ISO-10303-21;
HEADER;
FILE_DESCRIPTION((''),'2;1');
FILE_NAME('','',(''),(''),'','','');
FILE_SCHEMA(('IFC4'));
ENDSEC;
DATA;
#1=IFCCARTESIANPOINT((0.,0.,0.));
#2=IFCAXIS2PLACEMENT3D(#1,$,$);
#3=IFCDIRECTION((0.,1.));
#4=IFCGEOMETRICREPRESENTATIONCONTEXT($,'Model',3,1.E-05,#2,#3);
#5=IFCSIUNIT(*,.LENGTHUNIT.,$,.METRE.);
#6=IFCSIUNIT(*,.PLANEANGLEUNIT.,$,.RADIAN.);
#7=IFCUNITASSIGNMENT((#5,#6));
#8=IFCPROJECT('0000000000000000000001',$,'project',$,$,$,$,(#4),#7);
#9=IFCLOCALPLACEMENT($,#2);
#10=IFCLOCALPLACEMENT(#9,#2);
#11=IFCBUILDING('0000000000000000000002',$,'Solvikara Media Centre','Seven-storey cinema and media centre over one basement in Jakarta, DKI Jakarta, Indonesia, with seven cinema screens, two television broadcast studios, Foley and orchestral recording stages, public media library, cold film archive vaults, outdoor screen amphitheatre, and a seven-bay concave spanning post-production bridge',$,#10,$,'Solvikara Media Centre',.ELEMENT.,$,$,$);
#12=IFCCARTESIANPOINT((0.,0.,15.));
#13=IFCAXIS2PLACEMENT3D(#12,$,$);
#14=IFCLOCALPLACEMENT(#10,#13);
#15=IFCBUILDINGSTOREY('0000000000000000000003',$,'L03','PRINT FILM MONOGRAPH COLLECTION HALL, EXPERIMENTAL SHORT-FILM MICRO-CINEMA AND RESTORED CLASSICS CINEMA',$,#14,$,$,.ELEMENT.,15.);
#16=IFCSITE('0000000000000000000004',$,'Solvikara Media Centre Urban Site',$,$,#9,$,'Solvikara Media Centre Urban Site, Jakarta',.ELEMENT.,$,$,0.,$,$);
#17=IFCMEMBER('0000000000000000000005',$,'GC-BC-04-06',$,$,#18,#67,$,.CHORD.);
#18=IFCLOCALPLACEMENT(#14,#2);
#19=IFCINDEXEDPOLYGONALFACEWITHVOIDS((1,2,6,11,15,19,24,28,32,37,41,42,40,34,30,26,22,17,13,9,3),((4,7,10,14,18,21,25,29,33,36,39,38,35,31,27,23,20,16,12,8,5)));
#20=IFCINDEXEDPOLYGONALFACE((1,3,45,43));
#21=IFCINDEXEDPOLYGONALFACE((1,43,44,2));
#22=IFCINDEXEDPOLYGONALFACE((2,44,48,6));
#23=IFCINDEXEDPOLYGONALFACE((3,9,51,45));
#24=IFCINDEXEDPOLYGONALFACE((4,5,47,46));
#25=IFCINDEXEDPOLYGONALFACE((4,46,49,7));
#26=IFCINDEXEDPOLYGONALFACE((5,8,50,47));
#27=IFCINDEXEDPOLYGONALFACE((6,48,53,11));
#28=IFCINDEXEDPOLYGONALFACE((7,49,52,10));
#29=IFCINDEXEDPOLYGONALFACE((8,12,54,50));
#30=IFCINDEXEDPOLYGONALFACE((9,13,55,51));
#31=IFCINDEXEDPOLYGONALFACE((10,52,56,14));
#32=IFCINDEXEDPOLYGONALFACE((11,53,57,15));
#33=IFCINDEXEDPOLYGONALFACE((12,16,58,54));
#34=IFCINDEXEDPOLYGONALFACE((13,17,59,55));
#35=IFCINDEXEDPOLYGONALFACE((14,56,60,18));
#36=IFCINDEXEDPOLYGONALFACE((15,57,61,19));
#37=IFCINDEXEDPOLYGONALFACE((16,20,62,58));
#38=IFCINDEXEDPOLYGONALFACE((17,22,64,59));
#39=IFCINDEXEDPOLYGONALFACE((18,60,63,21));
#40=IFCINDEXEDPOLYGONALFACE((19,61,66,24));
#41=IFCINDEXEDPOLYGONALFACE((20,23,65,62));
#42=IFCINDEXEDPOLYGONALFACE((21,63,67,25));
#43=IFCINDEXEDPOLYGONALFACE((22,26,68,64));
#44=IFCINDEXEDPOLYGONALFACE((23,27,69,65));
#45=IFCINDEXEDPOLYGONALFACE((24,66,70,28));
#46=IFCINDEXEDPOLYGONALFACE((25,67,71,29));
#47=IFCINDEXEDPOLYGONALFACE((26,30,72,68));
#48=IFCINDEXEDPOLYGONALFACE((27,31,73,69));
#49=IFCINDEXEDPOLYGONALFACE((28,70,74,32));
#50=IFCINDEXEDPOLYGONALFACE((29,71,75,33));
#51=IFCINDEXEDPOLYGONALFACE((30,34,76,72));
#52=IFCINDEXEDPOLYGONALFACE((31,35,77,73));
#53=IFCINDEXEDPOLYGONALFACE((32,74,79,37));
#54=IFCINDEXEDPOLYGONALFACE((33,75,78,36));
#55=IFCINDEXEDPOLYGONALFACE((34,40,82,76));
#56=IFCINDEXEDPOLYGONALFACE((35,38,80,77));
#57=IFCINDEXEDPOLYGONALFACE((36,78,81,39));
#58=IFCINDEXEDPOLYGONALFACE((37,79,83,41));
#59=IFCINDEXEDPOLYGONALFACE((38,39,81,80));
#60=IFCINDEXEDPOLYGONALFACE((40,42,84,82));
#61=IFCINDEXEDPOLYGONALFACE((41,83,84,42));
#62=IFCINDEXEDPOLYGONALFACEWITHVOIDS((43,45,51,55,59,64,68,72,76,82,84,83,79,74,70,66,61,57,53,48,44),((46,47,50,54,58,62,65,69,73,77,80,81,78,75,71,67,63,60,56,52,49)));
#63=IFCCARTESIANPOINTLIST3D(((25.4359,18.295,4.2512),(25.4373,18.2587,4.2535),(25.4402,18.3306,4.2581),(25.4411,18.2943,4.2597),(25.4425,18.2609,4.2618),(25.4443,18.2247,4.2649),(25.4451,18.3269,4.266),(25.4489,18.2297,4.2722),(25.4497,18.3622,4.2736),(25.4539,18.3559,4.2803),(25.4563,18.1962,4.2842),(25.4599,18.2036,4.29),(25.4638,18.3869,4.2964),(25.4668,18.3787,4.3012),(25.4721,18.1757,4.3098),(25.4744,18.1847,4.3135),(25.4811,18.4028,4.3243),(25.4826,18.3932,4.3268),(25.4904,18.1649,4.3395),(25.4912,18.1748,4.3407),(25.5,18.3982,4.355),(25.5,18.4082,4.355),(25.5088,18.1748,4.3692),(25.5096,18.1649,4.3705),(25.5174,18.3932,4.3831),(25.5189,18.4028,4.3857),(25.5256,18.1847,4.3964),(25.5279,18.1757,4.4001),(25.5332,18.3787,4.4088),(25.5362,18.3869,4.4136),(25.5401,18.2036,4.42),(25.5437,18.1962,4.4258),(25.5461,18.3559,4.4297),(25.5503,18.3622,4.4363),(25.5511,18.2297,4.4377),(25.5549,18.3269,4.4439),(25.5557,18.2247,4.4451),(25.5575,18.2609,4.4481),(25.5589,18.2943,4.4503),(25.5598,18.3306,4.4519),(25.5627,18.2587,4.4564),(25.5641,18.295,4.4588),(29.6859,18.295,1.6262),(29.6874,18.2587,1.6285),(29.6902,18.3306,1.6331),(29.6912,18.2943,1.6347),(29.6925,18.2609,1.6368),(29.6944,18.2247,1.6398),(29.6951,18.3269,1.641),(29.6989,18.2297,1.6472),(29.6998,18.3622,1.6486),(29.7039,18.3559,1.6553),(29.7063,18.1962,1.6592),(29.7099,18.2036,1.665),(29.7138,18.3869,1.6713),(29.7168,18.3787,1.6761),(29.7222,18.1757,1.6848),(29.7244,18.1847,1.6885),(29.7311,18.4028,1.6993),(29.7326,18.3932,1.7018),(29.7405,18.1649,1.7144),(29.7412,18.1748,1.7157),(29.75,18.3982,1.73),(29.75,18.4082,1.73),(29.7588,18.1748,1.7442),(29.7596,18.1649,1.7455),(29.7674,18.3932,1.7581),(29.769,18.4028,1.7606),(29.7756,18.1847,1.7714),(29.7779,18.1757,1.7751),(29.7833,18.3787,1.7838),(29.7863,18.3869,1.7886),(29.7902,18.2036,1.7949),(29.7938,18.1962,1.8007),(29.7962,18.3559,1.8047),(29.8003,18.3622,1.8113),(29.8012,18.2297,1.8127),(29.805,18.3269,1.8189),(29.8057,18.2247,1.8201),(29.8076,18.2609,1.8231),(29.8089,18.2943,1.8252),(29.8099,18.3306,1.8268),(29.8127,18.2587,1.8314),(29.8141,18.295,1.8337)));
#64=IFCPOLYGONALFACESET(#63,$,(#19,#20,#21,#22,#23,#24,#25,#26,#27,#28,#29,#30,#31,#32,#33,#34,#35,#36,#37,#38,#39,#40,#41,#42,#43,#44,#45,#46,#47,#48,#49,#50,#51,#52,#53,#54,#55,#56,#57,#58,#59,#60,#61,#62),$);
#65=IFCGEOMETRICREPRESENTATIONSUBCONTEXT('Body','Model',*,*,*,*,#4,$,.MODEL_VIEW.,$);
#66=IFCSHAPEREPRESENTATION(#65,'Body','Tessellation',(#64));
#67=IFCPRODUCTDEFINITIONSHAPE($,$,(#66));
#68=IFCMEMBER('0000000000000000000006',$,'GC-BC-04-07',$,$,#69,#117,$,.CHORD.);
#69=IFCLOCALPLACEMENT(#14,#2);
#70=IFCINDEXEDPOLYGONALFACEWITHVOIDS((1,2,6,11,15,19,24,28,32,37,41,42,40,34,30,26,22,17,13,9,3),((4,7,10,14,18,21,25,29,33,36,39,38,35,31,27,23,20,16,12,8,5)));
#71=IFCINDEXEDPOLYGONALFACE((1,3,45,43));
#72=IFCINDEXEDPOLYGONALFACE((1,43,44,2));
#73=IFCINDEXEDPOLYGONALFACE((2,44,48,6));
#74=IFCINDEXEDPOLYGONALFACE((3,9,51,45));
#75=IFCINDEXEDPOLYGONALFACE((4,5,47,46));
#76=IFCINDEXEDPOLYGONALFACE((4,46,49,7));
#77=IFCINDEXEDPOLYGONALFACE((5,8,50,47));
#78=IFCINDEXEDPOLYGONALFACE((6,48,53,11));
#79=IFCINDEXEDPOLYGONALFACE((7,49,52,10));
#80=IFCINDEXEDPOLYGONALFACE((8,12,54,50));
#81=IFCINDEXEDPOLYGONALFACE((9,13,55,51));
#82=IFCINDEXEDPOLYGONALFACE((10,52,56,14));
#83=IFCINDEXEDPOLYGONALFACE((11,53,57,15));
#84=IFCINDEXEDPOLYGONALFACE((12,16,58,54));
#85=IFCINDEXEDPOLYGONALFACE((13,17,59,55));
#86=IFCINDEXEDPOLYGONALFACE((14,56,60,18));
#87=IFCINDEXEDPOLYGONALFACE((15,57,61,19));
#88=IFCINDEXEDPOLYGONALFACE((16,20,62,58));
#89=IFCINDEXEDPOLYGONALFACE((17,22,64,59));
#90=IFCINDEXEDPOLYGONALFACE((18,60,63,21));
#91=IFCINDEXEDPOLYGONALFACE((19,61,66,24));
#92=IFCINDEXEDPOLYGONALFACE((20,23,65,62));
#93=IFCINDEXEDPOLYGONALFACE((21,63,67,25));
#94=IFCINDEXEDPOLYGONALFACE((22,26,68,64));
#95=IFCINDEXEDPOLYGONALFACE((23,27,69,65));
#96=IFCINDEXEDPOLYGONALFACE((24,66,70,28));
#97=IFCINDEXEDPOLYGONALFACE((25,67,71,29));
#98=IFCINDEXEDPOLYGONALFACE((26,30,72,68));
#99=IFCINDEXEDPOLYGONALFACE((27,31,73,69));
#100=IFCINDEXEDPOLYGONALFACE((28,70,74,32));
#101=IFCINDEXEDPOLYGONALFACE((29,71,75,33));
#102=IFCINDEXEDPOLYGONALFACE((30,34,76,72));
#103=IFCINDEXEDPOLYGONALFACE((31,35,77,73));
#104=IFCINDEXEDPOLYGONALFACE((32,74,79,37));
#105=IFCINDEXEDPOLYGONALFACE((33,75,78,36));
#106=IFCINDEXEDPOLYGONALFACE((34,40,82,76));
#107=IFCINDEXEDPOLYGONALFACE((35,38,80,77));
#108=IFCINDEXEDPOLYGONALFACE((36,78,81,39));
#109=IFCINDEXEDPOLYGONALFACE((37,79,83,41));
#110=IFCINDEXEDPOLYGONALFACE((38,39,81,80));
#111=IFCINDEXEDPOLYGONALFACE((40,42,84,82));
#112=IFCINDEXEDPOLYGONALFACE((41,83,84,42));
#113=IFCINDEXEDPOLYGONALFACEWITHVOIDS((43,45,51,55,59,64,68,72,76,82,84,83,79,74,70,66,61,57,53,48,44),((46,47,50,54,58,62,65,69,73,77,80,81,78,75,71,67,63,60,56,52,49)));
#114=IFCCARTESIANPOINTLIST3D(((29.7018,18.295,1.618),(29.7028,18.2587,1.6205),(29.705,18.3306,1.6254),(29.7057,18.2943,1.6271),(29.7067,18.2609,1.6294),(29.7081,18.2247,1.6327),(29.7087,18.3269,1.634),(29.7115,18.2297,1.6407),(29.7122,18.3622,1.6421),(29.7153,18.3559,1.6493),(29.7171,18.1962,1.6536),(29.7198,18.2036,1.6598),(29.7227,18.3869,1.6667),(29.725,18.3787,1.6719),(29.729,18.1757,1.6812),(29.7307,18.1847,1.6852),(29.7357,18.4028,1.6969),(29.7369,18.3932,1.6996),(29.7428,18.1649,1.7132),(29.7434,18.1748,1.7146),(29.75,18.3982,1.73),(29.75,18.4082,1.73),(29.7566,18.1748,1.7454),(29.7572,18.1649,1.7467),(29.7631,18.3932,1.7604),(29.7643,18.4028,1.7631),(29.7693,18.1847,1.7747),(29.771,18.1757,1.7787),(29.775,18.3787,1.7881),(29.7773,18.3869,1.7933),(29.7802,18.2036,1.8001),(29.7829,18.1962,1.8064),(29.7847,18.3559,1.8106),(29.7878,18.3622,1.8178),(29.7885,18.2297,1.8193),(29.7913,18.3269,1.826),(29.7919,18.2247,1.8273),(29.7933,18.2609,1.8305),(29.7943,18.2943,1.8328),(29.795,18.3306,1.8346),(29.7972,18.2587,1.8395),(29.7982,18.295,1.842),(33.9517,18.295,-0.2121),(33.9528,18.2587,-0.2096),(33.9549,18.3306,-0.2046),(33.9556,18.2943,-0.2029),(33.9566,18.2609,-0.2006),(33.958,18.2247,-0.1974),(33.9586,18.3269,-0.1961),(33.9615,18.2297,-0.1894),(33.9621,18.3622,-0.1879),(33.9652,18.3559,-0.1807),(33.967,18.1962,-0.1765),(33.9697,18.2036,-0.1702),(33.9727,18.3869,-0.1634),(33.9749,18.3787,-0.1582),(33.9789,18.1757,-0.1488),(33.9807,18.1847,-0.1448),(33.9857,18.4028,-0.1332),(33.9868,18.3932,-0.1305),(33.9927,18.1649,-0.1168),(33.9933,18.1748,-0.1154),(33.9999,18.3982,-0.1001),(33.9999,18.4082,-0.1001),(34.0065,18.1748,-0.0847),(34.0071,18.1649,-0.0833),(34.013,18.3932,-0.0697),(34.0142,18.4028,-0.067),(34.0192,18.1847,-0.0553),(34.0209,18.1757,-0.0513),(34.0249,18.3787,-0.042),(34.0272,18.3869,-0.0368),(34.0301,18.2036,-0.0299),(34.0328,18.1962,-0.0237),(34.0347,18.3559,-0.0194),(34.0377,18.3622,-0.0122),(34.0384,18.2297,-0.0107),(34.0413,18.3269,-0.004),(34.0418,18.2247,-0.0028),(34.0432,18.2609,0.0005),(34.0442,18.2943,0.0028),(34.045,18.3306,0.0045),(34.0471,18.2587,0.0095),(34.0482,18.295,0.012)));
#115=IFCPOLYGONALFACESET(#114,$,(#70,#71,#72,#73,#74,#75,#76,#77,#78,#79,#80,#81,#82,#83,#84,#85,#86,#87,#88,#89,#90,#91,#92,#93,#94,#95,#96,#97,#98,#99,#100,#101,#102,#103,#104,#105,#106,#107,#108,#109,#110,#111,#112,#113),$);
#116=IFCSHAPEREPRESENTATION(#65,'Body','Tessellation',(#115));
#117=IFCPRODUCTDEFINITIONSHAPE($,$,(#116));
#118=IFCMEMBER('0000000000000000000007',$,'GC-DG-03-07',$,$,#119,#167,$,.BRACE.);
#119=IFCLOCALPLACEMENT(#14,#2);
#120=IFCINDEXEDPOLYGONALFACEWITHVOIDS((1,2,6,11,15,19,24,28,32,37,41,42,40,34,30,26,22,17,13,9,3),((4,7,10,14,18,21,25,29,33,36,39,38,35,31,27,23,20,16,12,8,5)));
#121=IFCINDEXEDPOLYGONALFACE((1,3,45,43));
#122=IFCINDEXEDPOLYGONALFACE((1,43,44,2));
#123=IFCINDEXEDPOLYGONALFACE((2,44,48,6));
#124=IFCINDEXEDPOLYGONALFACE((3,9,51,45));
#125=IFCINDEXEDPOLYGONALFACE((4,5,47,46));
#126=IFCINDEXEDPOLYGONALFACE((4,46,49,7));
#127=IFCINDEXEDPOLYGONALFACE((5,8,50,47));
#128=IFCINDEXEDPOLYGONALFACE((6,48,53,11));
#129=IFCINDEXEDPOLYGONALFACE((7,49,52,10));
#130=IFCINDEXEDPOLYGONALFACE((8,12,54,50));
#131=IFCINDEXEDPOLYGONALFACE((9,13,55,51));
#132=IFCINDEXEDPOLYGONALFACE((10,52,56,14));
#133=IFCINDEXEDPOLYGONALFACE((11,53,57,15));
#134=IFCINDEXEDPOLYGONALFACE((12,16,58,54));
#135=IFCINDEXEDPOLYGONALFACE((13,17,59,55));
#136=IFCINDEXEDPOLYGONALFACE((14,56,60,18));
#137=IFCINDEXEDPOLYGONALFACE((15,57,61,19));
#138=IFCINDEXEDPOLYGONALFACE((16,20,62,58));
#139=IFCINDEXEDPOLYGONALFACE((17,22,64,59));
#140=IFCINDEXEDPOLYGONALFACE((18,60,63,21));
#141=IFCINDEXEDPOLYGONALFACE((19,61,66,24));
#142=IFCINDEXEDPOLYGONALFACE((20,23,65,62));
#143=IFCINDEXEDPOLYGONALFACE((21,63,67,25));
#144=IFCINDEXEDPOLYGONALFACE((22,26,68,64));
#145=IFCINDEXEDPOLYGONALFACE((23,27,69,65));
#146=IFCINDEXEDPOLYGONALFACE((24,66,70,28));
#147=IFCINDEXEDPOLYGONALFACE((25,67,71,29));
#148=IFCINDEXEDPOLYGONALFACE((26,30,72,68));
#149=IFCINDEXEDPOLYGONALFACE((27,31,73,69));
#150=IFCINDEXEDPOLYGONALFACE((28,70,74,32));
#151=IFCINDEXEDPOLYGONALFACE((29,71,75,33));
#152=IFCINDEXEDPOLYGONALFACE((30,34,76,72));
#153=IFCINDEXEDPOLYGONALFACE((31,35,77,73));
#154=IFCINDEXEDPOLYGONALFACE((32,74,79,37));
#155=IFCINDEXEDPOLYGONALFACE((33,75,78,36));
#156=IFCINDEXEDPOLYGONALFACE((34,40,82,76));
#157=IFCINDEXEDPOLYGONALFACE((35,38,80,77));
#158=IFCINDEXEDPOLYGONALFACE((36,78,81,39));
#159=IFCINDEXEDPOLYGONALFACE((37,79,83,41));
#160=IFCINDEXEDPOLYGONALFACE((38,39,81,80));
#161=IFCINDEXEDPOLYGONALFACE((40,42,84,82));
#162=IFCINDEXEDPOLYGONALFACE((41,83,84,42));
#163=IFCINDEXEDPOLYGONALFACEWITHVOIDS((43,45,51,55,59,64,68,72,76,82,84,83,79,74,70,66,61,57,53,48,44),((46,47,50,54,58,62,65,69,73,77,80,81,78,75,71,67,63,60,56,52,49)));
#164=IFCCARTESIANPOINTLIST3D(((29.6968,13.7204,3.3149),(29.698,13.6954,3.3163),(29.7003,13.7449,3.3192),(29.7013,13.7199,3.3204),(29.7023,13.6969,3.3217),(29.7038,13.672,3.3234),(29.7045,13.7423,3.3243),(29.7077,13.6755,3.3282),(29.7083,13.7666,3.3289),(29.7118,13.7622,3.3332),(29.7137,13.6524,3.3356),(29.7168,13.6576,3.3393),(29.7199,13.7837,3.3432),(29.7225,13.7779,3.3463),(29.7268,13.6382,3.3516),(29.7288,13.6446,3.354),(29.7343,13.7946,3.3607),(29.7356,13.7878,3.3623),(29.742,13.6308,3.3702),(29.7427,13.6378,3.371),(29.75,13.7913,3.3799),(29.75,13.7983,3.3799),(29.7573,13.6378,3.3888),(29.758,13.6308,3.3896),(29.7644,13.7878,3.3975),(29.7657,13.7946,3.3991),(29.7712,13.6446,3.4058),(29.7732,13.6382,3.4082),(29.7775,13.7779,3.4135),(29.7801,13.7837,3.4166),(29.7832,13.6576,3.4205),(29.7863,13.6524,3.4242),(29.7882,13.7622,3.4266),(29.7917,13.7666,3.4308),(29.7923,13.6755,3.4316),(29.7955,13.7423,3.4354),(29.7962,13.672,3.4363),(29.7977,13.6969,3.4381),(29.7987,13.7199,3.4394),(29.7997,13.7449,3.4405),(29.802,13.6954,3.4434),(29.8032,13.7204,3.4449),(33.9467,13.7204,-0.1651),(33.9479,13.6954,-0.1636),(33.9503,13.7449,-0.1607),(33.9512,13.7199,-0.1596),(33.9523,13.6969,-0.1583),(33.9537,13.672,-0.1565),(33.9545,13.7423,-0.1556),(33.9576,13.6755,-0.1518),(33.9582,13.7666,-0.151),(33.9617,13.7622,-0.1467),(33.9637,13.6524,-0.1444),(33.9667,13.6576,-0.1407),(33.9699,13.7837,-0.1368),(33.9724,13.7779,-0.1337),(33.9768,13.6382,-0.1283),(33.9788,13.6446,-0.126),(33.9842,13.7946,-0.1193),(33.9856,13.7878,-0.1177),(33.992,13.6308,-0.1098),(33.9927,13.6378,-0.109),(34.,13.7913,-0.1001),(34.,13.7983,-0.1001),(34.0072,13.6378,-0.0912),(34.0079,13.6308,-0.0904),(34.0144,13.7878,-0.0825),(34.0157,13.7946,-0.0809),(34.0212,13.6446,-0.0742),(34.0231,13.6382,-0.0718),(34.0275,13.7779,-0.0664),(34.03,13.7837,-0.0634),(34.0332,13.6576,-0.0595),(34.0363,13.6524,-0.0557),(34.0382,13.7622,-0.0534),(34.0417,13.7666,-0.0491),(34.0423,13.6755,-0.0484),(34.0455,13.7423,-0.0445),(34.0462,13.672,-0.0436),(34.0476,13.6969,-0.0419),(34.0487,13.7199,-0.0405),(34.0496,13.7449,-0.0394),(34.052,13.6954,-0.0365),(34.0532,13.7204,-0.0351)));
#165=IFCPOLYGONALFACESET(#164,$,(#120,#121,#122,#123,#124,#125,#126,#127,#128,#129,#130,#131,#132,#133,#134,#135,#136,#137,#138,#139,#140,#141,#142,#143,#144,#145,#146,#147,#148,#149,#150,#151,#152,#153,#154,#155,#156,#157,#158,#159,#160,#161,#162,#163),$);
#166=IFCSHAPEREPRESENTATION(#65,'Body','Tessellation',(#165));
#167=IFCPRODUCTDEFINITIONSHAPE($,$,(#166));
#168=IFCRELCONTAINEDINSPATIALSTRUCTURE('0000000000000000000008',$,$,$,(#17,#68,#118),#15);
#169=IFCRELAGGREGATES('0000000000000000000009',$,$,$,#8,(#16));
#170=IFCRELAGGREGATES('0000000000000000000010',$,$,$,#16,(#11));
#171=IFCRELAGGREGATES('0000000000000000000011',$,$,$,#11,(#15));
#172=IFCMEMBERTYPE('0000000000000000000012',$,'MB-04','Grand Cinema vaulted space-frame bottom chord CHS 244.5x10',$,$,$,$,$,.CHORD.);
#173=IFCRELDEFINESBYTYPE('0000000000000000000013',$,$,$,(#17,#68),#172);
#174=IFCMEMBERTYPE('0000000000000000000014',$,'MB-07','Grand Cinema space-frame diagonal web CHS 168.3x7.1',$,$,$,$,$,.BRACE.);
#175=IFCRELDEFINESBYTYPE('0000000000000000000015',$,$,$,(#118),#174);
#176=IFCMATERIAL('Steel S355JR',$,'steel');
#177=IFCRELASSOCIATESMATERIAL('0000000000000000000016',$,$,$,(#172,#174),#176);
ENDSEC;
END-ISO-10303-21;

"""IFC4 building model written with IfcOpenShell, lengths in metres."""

from ifc_helpers import new_model, si_unit, direction, frame, origin, origin_2d, place, context, subcontext, project, spatial, hollow_circle, extrude, material, material_profile, profile_set, type_object, element, save


model = new_model("IFC4")

# Units and contexts
model_context = context("Model", 3, precision=1e-05, world=origin(), true_north=direction((0.0, 1.0)))
body_context = subcontext(model_context, "Body", "Model", "MODEL_VIEW")
ifc_project = project(units=[si_unit("LENGTHUNIT", "METRE"), si_unit("PLANEANGLEUNIT", "RADIAN")], contexts=[model_context])

# Site, building, storey
site_placement = place(None, origin())
site = spatial("IfcSite", under=ifc_project, at=site_placement, Name="Solvikara Media Centre Urban Site", LongName="Solvikara Media Centre Urban Site, Jakarta", CompositionType="ELEMENT", RefElevation=0.0)
building_placement = place(site_placement, origin())
building = spatial("IfcBuilding", under=site, at=building_placement, Name="Solvikara Media Centre", Description="Seven-storey cinema and media centre over one basement in Jakarta, DKI Jakarta, Indonesia, with seven cinema screens, two television broadcast studios, Foley and orchestral recording stages, public media library, cold film archive vaults, outdoor screen amphitheatre, and a seven-bay concave spanning post-production bridge", LongName="Solvikara Media Centre", CompositionType="ELEMENT")
storey_placement = place(building_placement, frame((0.0, 0.0, 15.0)))
storey = spatial("IfcBuildingStorey", under=building, at=storey_placement, Name="L03", Description="PRINT FILM MONOGRAPH COLLECTION HALL, EXPERIMENTAL SHORT-FILM MICRO-CINEMA AND RESTORED CLASSICS CINEMA", CompositionType="ELEMENT", Elevation=15.0)

# Members
ifc_material_1 = material(Name="Steel S355JR", Category="steel")
ifc_material_profile_1 = material_profile(ifc_material_1, hollow_circle(Radius=0.1223, WallThickness=0.01, at=origin_2d()), Name="CHS 244.5x10")
ifc_profile_set_1 = profile_set([ifc_material_profile_1], Name="Steel S355JR")
member_type_1 = type_object("IfcMemberType", Name="MB-04", Description="Grand Cinema vaulted space-frame bottom chord CHS 244.5x10", PredefinedType="CHORD", material=ifc_profile_set_1)
member_1_placement = place(storey_placement, frame((25.5, 18.2859, 4.355), z_axis=(0.850798, 0.0, -0.525493), x_axis=(0.0, 1.0, 0.0)))
element("IfcMember", 1, at=member_1_placement, inside=storey, type_object=member_type_1, Name="GC-BC-04-06", PredefinedType="CHORD", context=body_context, shape_type="SweptSolid", body=[
    extrude(hollow_circle(Radius=0.1223, WallThickness=0.01, at=origin_2d()), origin(), (0.0, 0.0, 1.0), 4.9954),
])
member_2_placement = place(storey_placement, frame((29.75, 18.2859, 1.73), z_axis=(0.918467, 0.0, -0.395498), x_axis=(0.0, 1.0, 0.0)))
element("IfcMember", 2, at=member_2_placement, inside=storey, type_object=member_type_1, Name="GC-BC-04-07", PredefinedType="CHORD", context=body_context, shape_type="SweptSolid", body=[
    extrude(hollow_circle(Radius=0.1223, WallThickness=0.01, at=origin_2d()), origin(), (0.0, 0.0, 1.0), 4.6272),
])
ifc_material_profile_2 = material_profile(ifc_material_1, hollow_circle(Radius=0.0842, WallThickness=0.0071, at=origin_2d()), Name="CHS 168.3x7.1")
ifc_profile_set_2 = profile_set([ifc_material_profile_2], Name="Steel S355JR")
member_type_2 = type_object("IfcMemberType", Name="MB-07", Description="Grand Cinema space-frame diagonal web CHS 168.3x7.1", PredefinedType="BRACE", material=ifc_profile_set_2)
member_3_placement = place(storey_placement, frame((29.75, 13.7141, 3.3799), z_axis=(0.773716, 0.0, -0.633533), x_axis=(0.0, 1.0, 0.0)))
element("IfcMember", 3, at=member_3_placement, inside=storey, type_object=member_type_2, Name="GC-DG-03-07", PredefinedType="BRACE", context=body_context, shape_type="SweptSolid", body=[
    extrude(hollow_circle(Radius=0.0842, WallThickness=0.0071, at=origin_2d()), origin(), (0.0, 0.0, 1.0), 5.4929),
])

save(model, "model.ifc")
